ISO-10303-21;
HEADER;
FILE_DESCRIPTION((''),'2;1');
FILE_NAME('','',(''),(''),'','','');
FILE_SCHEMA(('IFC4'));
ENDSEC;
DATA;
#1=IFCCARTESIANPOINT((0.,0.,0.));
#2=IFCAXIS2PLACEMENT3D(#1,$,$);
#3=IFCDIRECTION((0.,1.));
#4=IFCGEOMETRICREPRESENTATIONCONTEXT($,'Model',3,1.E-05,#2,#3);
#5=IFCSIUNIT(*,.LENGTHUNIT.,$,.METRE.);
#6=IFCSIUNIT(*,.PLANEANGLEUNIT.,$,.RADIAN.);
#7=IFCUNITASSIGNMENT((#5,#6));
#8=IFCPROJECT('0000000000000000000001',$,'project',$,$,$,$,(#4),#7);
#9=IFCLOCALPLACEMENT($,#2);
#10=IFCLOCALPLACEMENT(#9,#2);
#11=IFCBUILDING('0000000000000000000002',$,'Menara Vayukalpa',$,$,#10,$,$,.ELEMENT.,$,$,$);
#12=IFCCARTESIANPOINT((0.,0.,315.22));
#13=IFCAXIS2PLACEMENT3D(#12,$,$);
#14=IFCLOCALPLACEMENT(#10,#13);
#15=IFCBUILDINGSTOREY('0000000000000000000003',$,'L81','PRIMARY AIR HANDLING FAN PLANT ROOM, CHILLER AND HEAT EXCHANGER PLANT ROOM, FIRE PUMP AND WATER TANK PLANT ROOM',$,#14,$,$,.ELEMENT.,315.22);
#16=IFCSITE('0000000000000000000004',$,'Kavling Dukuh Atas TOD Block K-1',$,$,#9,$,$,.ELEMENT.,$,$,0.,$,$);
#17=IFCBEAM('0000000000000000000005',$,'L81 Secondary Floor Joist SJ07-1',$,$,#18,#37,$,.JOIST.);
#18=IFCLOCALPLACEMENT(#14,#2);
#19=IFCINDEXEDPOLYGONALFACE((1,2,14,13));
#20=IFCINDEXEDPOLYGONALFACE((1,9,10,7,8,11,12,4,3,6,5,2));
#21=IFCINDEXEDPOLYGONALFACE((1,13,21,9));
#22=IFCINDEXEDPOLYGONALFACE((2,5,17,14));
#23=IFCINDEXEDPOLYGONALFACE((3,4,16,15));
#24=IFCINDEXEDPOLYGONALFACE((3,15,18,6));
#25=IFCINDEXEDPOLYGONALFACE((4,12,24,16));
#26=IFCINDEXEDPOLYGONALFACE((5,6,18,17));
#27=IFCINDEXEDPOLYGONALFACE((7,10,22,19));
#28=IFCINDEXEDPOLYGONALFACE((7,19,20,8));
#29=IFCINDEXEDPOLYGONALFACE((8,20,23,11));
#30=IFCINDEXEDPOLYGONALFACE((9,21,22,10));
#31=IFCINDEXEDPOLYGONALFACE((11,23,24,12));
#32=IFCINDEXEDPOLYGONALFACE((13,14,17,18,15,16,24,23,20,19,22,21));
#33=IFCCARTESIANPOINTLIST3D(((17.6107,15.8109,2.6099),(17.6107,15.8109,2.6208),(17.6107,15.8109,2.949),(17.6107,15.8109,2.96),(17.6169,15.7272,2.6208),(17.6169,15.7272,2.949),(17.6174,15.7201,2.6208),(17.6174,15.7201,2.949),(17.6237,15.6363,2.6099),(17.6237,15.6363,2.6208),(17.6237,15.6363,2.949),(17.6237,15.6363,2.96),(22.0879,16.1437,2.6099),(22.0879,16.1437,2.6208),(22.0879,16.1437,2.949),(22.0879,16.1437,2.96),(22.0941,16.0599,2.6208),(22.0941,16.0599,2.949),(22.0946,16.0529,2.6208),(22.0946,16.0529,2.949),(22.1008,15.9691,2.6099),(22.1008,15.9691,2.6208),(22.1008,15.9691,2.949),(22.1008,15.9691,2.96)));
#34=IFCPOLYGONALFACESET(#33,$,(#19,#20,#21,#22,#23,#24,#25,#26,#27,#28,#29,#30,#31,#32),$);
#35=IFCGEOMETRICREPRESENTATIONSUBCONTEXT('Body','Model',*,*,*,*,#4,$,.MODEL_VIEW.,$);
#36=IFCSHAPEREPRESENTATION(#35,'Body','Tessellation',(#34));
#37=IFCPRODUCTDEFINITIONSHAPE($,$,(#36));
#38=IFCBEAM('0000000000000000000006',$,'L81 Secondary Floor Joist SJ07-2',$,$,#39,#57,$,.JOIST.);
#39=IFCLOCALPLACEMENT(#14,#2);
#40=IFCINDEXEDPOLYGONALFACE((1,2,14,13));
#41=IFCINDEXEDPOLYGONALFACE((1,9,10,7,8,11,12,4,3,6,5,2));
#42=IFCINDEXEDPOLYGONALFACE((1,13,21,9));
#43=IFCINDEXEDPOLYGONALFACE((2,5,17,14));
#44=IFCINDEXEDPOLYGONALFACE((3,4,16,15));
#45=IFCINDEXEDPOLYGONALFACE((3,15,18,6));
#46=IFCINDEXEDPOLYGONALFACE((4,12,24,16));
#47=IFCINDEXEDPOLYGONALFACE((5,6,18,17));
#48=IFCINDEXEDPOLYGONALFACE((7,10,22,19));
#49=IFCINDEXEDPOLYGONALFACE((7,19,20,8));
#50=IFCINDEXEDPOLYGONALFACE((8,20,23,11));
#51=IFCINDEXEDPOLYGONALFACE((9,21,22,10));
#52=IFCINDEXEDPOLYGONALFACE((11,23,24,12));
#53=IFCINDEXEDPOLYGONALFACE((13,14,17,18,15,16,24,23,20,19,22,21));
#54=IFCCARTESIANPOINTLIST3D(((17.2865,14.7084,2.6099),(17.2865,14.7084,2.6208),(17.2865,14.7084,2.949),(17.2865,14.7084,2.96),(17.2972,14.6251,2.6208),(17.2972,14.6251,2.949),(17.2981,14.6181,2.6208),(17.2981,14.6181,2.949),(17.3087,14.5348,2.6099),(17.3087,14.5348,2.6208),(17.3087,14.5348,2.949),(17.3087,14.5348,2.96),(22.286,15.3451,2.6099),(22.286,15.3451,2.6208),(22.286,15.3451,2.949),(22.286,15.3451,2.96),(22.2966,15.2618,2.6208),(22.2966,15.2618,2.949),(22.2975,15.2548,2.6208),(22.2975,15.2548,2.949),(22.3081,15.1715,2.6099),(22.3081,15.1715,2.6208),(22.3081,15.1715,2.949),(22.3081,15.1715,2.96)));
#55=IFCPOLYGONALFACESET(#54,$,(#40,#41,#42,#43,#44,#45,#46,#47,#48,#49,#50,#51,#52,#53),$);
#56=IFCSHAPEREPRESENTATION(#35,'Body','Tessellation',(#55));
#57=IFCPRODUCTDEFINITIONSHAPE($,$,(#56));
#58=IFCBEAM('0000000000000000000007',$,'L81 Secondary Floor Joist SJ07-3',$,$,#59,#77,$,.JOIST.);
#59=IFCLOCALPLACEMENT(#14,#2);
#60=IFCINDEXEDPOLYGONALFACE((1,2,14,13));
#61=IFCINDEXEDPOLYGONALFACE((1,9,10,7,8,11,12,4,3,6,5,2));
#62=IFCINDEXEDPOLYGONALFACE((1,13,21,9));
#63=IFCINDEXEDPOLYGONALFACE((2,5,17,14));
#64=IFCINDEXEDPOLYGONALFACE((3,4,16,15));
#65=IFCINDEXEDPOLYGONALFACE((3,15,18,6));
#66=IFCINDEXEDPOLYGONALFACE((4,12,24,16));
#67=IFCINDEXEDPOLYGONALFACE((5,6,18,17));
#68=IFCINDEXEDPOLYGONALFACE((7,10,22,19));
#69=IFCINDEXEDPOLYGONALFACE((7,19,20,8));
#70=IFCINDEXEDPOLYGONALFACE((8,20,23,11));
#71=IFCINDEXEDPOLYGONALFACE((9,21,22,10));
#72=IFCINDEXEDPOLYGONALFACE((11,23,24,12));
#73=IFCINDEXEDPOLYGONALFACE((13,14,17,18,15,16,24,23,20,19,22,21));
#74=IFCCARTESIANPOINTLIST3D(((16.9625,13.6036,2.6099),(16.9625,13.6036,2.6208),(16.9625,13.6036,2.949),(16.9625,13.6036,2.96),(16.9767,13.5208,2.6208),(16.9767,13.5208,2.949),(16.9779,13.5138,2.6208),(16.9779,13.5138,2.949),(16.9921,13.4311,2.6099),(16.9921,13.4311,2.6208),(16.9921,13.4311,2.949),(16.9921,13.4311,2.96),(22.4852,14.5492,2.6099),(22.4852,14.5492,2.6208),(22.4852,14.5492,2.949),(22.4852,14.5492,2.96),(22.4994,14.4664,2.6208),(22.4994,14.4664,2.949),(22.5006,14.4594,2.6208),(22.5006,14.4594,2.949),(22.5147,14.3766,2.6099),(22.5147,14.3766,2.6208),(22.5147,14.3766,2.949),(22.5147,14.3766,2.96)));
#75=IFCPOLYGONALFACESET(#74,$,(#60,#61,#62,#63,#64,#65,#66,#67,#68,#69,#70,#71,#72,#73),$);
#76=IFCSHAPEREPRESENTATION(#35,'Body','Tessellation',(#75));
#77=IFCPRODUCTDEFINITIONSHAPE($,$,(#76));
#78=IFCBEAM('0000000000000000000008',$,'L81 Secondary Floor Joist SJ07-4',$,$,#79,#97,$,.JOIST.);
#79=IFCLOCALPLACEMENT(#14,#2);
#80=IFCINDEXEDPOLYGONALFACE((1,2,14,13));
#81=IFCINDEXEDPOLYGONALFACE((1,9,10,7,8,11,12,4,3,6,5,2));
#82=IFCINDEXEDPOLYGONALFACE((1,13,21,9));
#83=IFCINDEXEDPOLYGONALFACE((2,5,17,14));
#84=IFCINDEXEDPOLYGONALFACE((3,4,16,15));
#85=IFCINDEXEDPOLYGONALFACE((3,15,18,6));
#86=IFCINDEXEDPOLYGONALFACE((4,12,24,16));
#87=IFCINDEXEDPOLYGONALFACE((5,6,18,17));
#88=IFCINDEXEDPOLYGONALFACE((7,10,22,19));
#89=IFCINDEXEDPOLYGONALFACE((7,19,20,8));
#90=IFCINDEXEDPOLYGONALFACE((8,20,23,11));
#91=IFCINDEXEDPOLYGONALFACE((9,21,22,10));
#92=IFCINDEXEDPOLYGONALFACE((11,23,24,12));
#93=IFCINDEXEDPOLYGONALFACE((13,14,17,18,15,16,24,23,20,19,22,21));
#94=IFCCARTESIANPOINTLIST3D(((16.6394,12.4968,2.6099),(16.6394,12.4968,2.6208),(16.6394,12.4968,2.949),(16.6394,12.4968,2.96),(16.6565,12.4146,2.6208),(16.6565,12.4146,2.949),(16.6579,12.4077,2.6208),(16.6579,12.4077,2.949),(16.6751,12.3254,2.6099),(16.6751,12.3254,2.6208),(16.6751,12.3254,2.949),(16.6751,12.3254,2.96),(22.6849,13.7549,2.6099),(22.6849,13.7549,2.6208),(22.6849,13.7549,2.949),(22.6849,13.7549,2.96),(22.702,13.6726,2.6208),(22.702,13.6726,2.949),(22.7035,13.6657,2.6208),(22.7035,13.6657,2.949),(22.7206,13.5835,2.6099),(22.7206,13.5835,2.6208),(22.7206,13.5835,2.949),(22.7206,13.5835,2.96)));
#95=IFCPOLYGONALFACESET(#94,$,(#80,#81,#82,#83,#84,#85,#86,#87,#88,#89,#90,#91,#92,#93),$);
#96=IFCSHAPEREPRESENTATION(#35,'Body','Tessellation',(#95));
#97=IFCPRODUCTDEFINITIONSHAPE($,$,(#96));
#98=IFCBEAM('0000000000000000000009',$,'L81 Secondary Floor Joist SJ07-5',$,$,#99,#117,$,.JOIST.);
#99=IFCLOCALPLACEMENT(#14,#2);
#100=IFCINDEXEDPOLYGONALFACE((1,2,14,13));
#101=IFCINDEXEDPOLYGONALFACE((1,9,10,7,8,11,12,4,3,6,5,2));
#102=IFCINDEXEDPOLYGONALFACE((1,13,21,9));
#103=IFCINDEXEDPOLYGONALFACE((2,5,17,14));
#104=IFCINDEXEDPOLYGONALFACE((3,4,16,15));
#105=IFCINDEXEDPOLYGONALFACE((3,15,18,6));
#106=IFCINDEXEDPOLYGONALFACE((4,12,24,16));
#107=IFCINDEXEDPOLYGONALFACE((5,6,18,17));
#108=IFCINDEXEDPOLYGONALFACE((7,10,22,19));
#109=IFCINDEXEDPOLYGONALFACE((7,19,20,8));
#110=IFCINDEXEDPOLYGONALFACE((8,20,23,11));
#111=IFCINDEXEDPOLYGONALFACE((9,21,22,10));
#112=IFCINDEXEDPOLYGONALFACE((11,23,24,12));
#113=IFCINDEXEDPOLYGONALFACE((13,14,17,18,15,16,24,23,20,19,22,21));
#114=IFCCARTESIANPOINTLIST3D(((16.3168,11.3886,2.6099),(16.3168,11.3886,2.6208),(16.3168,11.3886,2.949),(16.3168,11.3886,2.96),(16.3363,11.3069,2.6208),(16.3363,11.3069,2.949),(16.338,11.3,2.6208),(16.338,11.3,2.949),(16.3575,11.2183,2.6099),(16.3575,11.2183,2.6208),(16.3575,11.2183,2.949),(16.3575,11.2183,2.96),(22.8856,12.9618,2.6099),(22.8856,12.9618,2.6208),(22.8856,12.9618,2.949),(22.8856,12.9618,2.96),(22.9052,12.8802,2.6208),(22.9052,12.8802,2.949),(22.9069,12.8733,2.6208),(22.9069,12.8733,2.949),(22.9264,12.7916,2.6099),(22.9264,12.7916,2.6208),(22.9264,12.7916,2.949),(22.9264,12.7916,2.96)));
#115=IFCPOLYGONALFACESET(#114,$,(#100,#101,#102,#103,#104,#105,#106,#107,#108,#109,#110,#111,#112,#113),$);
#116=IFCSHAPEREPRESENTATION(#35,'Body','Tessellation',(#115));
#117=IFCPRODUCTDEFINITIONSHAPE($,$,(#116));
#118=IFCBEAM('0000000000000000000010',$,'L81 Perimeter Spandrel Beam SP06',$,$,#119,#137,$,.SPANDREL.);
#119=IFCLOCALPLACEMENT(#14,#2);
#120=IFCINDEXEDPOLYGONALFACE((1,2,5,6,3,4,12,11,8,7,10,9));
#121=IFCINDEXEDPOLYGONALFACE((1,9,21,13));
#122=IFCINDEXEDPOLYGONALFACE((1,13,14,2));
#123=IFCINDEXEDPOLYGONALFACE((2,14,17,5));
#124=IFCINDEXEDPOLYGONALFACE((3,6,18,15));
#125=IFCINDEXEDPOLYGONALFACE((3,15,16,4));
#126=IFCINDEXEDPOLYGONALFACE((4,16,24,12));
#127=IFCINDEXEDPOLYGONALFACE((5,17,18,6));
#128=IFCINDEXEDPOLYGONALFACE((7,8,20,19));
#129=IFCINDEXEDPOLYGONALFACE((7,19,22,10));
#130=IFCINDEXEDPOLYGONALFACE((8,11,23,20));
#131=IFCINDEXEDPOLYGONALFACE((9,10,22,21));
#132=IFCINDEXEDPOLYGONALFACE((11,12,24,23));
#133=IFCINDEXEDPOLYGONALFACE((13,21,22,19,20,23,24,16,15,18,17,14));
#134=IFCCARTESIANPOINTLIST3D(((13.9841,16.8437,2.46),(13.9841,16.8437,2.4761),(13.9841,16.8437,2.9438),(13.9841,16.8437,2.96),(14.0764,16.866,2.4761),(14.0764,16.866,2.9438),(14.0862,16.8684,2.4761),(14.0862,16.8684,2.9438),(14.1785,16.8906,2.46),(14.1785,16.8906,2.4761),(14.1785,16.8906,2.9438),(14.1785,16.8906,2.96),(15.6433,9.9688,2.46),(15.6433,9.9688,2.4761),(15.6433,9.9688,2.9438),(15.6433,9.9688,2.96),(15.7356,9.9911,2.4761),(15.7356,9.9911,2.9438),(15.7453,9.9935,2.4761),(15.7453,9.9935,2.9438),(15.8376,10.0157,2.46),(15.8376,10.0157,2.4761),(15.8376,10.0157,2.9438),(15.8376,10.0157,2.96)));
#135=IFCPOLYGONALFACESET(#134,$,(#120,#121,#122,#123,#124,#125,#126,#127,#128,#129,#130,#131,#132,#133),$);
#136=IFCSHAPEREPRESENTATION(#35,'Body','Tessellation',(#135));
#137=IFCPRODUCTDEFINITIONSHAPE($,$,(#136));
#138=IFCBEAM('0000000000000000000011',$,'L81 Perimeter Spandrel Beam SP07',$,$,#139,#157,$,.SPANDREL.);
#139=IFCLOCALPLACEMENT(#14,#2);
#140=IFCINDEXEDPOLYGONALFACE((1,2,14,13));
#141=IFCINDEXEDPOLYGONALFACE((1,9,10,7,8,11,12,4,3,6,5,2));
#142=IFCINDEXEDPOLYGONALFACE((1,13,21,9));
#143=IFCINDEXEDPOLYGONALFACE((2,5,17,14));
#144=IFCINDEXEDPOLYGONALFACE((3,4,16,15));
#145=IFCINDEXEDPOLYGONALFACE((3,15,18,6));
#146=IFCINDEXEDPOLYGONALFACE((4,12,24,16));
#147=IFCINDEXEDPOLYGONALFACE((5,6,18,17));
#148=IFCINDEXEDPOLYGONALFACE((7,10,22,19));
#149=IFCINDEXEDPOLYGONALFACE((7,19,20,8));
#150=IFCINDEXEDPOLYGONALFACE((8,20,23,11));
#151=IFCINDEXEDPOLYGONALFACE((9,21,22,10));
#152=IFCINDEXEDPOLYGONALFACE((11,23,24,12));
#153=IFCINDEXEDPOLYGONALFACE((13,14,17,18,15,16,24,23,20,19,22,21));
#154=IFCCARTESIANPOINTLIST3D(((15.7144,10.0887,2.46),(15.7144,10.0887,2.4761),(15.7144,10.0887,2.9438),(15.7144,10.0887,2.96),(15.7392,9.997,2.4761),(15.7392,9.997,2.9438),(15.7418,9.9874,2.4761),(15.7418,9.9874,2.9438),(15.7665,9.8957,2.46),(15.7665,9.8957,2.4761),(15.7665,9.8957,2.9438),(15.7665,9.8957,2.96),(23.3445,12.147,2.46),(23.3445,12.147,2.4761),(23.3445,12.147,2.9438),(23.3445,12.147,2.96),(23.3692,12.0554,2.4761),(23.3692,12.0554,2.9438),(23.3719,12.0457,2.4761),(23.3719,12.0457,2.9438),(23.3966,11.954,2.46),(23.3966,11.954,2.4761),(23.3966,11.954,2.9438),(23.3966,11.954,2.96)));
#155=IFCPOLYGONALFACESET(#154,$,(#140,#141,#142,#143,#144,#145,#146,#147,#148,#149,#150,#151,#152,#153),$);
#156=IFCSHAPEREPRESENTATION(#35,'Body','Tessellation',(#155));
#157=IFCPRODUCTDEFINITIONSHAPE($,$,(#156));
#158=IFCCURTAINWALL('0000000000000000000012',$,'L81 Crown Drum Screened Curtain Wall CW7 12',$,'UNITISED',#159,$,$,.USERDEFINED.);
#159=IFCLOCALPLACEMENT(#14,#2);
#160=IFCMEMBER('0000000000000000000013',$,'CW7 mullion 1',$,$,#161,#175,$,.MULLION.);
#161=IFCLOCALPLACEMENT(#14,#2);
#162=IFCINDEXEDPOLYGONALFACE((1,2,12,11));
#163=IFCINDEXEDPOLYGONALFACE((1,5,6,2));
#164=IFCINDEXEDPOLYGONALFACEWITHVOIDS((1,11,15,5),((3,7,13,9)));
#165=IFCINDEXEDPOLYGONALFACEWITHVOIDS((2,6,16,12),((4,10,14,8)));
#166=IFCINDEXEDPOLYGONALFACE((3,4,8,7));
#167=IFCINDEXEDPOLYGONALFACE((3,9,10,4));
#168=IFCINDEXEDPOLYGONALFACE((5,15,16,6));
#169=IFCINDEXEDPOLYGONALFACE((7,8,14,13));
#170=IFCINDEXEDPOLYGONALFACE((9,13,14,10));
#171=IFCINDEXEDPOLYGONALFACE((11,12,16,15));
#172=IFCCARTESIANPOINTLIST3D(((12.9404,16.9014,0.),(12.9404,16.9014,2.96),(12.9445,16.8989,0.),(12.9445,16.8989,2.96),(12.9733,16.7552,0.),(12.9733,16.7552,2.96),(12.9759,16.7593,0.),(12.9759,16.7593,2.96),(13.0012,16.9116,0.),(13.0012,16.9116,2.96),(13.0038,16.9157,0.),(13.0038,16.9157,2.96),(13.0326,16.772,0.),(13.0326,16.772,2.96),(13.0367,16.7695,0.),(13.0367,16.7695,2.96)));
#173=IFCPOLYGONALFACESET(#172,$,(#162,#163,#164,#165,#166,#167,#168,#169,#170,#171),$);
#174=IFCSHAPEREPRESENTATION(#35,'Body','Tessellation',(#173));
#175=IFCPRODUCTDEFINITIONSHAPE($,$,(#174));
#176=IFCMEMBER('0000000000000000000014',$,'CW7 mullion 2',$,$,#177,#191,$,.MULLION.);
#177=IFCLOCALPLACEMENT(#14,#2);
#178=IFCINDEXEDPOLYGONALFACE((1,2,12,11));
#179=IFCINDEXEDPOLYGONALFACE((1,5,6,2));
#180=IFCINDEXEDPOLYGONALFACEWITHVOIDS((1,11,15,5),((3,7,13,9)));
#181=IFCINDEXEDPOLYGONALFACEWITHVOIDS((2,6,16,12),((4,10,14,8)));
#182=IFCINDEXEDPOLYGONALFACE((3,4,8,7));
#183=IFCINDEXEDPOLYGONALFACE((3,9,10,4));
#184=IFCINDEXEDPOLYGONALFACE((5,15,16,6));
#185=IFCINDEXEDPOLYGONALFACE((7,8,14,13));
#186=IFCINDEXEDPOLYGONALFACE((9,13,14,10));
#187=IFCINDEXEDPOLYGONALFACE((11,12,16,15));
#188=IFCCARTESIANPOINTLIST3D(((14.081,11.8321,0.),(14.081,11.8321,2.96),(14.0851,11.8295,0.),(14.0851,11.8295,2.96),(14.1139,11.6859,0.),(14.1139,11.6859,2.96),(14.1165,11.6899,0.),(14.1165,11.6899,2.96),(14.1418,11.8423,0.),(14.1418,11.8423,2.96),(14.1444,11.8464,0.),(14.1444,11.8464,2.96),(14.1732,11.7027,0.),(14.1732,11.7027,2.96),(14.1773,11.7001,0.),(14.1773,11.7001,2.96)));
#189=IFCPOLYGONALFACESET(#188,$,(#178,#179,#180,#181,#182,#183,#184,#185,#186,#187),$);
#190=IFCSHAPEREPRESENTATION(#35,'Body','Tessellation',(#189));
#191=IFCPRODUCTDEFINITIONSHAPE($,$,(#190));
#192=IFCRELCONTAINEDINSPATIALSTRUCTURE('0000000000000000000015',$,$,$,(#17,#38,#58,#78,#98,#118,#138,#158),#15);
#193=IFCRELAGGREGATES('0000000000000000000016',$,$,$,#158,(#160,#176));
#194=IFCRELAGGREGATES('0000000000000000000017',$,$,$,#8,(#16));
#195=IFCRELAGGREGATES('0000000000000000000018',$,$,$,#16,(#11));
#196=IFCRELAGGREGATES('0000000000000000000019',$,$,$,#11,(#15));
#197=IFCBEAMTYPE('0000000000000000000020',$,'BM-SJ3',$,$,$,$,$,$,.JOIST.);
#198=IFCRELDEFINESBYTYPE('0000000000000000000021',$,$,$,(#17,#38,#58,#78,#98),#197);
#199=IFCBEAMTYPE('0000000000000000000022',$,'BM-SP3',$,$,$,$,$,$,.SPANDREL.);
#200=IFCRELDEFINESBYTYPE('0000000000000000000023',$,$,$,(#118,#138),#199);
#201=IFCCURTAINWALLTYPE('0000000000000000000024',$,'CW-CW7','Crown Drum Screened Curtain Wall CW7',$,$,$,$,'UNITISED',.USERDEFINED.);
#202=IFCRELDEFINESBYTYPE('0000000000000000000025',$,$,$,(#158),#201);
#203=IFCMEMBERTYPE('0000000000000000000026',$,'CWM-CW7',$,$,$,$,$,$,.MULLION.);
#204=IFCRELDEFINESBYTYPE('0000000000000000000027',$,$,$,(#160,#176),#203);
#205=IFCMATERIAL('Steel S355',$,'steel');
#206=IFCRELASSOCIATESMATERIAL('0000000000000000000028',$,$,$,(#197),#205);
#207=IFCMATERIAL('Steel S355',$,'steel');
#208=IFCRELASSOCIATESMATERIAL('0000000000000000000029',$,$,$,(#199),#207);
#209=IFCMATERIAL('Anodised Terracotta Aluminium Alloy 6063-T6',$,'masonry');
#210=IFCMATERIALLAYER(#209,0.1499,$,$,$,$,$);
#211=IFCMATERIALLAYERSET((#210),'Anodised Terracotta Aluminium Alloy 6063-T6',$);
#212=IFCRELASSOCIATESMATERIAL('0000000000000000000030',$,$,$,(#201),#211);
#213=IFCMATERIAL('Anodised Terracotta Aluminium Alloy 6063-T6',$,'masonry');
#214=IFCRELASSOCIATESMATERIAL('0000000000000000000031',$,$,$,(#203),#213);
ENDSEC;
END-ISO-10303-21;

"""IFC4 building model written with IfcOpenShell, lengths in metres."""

from ifc_helpers import new_model, si_unit, direction, frame, origin, origin_2d, place, context, subcontext, project, spatial, hollow_rectangle, i_section, extrude, material, layer, layer_set, material_profile, profile_set, type_object, element, aggregate, save


model = new_model("IFC4")

# Units and contexts
model_context = context("Model", 3, precision=1e-05, world=origin(), true_north=direction((0.0, 1.0)))
body_context = subcontext(model_context, "Body", "Model", "MODEL_VIEW")
ifc_project = project(units=[si_unit("LENGTHUNIT", "METRE"), si_unit("PLANEANGLEUNIT", "RADIAN")], contexts=[model_context])

# Site, building, storey
site_placement = place(None, origin())
site = spatial("IfcSite", under=ifc_project, at=site_placement, Name="Kavling Dukuh Atas TOD Block K-1", CompositionType="ELEMENT", RefElevation=0.0)
building_placement = place(site_placement, origin())
building = spatial("IfcBuilding", under=site, at=building_placement, Name="Menara Vayukalpa", CompositionType="ELEMENT")
storey_placement = place(building_placement, frame((0.0, 0.0, 315.22)))
storey = spatial("IfcBuildingStorey", under=building, at=storey_placement, Name="L81", Description="PRIMARY AIR HANDLING FAN PLANT ROOM, CHILLER AND HEAT EXCHANGER PLANT ROOM, FIRE PUMP AND WATER TANK PLANT ROOM", CompositionType="ELEMENT", Elevation=315.22)

# Beams
ifc_material_1 = material(Name="Steel S355", Category="steel")
ifc_material_profile_1 = material_profile(ifc_material_1, i_section(OverallWidth=0.175, OverallDepth=0.3501, WebThickness=0.0071, FlangeThickness=0.011, at=origin_2d()), Name="WF 350x175x7x11")
ifc_profile_set_1 = profile_set([ifc_material_profile_1], Name="Steel S355")
beam_type_1 = type_object("IfcBeamType", Name="BM-SJ3", PredefinedType="JOIST", material=ifc_profile_set_1)
beam_1_placement = place(storey_placement, frame((17.6172, 15.7236, 2.7849), z_axis=(0.997249, 0.074122, 0.0), x_axis=(-0.074122, 0.997249, 0.0)))
element("IfcBeam", 1, at=beam_1_placement, inside=storey, type_object=beam_type_1, Name="L81 Secondary Floor Joist SJ07-1", PredefinedType="JOIST", context=body_context, shape_type="SweptSolid", body=[
    extrude(i_section(OverallWidth=0.175, OverallDepth=0.3501, WebThickness=0.0071, FlangeThickness=0.011, at=origin_2d()), origin(), (0.0, 0.0, 1.0), 4.4895),
])
beam_2_placement = place(storey_placement, frame((17.2976, 14.6216, 2.7849), z_axis=(0.991988, 0.126336, 0.0), x_axis=(-0.126336, 0.991988, 0.0)))
element("IfcBeam", 2, at=beam_2_placement, inside=storey, type_object=beam_type_1, Name="L81 Secondary Floor Joist SJ07-2", PredefinedType="JOIST", context=body_context, shape_type="SweptSolid", body=[
    extrude(i_section(OverallWidth=0.175, OverallDepth=0.3501, WebThickness=0.0071, FlangeThickness=0.011, at=origin_2d()), origin(), (0.0, 0.0, 1.0), 5.0398),
])
beam_3_placement = place(storey_placement, frame((16.9773, 13.5173, 2.7849), z_axis=(0.985658, 0.168757, 0.0), x_axis=(-0.168757, 0.985658, 0.0)))
element("IfcBeam", 3, at=beam_3_placement, inside=storey, type_object=beam_type_1, Name="L81 Secondary Floor Joist SJ07-3", PredefinedType="JOIST", context=body_context, shape_type="SweptSolid", body=[
    extrude(i_section(OverallWidth=0.175, OverallDepth=0.3501, WebThickness=0.0071, FlangeThickness=0.011, at=origin_2d()), origin(), (0.0, 0.0, 1.0), 5.603),
])
beam_4_placement = place(storey_placement, frame((16.6572, 12.4111, 2.7849), z_axis=(0.979027, 0.203728, 0.0), x_axis=(-0.203728, 0.979027, 0.0)))
element("IfcBeam", 4, at=beam_4_placement, inside=storey, type_object=beam_type_1, Name="L81 Secondary Floor Joist SJ07-4", PredefinedType="JOIST", context=body_context, shape_type="SweptSolid", body=[
    extrude(i_section(OverallWidth=0.175, OverallDepth=0.3501, WebThickness=0.0071, FlangeThickness=0.011, at=origin_2d()), origin(), (0.0, 0.0, 1.0), 6.175),
])
beam_5_placement = place(storey_placement, frame((16.3372, 11.3035, 2.7849), z_axis=(0.972497, 0.232914, 0.0), x_axis=(-0.232914, 0.972497, 0.0)))
element("IfcBeam", 5, at=beam_5_placement, inside=storey, type_object=beam_type_1, Name="L81 Secondary Floor Joist SJ07-5", PredefinedType="JOIST", context=body_context, shape_type="SweptSolid", body=[
    extrude(i_section(OverallWidth=0.175, OverallDepth=0.3501, WebThickness=0.0071, FlangeThickness=0.011, at=origin_2d()), origin(), (0.0, 0.0, 1.0), 6.7546),
])
ifc_material_2 = material(Name="Steel S355", Category="steel")
ifc_material_profile_2 = material_profile(ifc_material_2, i_section(OverallWidth=0.2, OverallDepth=0.5, WebThickness=0.01, FlangeThickness=0.0161, at=origin_2d()), Name="WF 500x200x10x16")
ifc_profile_set_2 = profile_set([ifc_material_profile_2], Name="Steel S355")
beam_type_2 = type_object("IfcBeamType", Name="BM-SP3", PredefinedType="SPANDREL", material=ifc_profile_set_2)
beam_6_placement = place(storey_placement, frame((14.0813, 16.8672, 2.71), z_axis=(0.2346, -0.972092, 0.0), x_axis=(0.972092, 0.2346, 0.0)))
element("IfcBeam", 6, at=beam_6_placement, inside=storey, type_object=beam_type_2, Name="L81 Perimeter Spandrel Beam SP06", PredefinedType="SPANDREL", context=body_context, shape_type="SweptSolid", body=[
    extrude(i_section(OverallWidth=0.2, OverallDepth=0.5, WebThickness=0.01, FlangeThickness=0.0161, at=origin_2d()), origin(), (0.0, 0.0, 1.0), 7.0723),
])
beam_7_placement = place(storey_placement, frame((15.7405, 9.9922, 2.71), z_axis=(0.965486, 0.260455, 0.0), x_axis=(-0.260455, 0.965486, 0.0)))
element("IfcBeam", 7, at=beam_7_placement, inside=storey, type_object=beam_type_2, Name="L81 Perimeter Spandrel Beam SP07", PredefinedType="SPANDREL", context=body_context, shape_type="SweptSolid", body=[
    extrude(i_section(OverallWidth=0.2, OverallDepth=0.5, WebThickness=0.01, FlangeThickness=0.0161, at=origin_2d()), origin(), (0.0, 0.0, 1.0), 7.9028),
])

# Curtain wall, members
ifc_material_3 = material(Name="Anodised Terracotta Aluminium Alloy 6063-T6", Category="masonry")
ifc_layer_1 = layer(ifc_material_3, 0.1499)
ifc_layer_set_1 = layer_set([ifc_layer_1], Name="Anodised Terracotta Aluminium Alloy 6063-T6")
curtain_wall_type = type_object("IfcCurtainWallType", Name="CW-CW7", Description="Crown Drum Screened Curtain Wall CW7", ElementType="UNITISED", PredefinedType="USERDEFINED", material=ifc_layer_set_1)
curtain_wall_placement = place(storey_placement, origin())
curtain_wall = element("IfcCurtainWall", 8, at=curtain_wall_placement, inside=storey, type_object=curtain_wall_type, Name="L81 Crown Drum Screened Curtain Wall CW7 12", ObjectType="UNITISED", PredefinedType="USERDEFINED")
ifc_material_4 = material(Name="Anodised Terracotta Aluminium Alloy 6063-T6", Category="masonry")
ifc_material_profile_3 = material_profile(ifc_material_4, hollow_rectangle(XDim=0.0649, YDim=0.1499, WallThickness=0.0034, at=origin_2d()), Name="ALU 65x150x3.5")
ifc_profile_set_3 = profile_set([ifc_material_profile_3], Name="Anodised Terracotta Aluminium Alloy 6063-T6")
member_type_1 = type_object("IfcMemberType", Name="CWM-CW7", PredefinedType="MULLION", material=ifc_profile_set_3)
member_1_placement = place(storey_placement, frame((12.9885, 16.8354, 0.0), z_axis=(0.0, 0.0, 1.0), x_axis=(0.975609, 0.219516, 0.0)))
member_1 = element("IfcMember", 9, at=member_1_placement, type_object=member_type_1, Name="CW7 mullion 1", PredefinedType="MULLION", context=body_context, shape_type="SweptSolid", body=[
    extrude(hollow_rectangle(XDim=0.0649, YDim=0.1499, WallThickness=0.0034, at=origin_2d()), origin(), (0.0, 0.0, 1.0), 2.96),
])
member_2_placement = place(storey_placement, frame((14.1292, 11.7661, 0.0), z_axis=(0.0, 0.0, 1.0), x_axis=(0.975609, 0.219516, 0.0)))
member_2 = element("IfcMember", 10, at=member_2_placement, type_object=member_type_1, Name="CW7 mullion 2", PredefinedType="MULLION", context=body_context, shape_type="SweptSolid", body=[
    extrude(hollow_rectangle(XDim=0.0649, YDim=0.1499, WallThickness=0.0034, at=origin_2d()), origin(), (0.0, 0.0, 1.0), 2.96),
])
aggregate(curtain_wall, [member_1, member_2])

save(model, "model.ifc")
